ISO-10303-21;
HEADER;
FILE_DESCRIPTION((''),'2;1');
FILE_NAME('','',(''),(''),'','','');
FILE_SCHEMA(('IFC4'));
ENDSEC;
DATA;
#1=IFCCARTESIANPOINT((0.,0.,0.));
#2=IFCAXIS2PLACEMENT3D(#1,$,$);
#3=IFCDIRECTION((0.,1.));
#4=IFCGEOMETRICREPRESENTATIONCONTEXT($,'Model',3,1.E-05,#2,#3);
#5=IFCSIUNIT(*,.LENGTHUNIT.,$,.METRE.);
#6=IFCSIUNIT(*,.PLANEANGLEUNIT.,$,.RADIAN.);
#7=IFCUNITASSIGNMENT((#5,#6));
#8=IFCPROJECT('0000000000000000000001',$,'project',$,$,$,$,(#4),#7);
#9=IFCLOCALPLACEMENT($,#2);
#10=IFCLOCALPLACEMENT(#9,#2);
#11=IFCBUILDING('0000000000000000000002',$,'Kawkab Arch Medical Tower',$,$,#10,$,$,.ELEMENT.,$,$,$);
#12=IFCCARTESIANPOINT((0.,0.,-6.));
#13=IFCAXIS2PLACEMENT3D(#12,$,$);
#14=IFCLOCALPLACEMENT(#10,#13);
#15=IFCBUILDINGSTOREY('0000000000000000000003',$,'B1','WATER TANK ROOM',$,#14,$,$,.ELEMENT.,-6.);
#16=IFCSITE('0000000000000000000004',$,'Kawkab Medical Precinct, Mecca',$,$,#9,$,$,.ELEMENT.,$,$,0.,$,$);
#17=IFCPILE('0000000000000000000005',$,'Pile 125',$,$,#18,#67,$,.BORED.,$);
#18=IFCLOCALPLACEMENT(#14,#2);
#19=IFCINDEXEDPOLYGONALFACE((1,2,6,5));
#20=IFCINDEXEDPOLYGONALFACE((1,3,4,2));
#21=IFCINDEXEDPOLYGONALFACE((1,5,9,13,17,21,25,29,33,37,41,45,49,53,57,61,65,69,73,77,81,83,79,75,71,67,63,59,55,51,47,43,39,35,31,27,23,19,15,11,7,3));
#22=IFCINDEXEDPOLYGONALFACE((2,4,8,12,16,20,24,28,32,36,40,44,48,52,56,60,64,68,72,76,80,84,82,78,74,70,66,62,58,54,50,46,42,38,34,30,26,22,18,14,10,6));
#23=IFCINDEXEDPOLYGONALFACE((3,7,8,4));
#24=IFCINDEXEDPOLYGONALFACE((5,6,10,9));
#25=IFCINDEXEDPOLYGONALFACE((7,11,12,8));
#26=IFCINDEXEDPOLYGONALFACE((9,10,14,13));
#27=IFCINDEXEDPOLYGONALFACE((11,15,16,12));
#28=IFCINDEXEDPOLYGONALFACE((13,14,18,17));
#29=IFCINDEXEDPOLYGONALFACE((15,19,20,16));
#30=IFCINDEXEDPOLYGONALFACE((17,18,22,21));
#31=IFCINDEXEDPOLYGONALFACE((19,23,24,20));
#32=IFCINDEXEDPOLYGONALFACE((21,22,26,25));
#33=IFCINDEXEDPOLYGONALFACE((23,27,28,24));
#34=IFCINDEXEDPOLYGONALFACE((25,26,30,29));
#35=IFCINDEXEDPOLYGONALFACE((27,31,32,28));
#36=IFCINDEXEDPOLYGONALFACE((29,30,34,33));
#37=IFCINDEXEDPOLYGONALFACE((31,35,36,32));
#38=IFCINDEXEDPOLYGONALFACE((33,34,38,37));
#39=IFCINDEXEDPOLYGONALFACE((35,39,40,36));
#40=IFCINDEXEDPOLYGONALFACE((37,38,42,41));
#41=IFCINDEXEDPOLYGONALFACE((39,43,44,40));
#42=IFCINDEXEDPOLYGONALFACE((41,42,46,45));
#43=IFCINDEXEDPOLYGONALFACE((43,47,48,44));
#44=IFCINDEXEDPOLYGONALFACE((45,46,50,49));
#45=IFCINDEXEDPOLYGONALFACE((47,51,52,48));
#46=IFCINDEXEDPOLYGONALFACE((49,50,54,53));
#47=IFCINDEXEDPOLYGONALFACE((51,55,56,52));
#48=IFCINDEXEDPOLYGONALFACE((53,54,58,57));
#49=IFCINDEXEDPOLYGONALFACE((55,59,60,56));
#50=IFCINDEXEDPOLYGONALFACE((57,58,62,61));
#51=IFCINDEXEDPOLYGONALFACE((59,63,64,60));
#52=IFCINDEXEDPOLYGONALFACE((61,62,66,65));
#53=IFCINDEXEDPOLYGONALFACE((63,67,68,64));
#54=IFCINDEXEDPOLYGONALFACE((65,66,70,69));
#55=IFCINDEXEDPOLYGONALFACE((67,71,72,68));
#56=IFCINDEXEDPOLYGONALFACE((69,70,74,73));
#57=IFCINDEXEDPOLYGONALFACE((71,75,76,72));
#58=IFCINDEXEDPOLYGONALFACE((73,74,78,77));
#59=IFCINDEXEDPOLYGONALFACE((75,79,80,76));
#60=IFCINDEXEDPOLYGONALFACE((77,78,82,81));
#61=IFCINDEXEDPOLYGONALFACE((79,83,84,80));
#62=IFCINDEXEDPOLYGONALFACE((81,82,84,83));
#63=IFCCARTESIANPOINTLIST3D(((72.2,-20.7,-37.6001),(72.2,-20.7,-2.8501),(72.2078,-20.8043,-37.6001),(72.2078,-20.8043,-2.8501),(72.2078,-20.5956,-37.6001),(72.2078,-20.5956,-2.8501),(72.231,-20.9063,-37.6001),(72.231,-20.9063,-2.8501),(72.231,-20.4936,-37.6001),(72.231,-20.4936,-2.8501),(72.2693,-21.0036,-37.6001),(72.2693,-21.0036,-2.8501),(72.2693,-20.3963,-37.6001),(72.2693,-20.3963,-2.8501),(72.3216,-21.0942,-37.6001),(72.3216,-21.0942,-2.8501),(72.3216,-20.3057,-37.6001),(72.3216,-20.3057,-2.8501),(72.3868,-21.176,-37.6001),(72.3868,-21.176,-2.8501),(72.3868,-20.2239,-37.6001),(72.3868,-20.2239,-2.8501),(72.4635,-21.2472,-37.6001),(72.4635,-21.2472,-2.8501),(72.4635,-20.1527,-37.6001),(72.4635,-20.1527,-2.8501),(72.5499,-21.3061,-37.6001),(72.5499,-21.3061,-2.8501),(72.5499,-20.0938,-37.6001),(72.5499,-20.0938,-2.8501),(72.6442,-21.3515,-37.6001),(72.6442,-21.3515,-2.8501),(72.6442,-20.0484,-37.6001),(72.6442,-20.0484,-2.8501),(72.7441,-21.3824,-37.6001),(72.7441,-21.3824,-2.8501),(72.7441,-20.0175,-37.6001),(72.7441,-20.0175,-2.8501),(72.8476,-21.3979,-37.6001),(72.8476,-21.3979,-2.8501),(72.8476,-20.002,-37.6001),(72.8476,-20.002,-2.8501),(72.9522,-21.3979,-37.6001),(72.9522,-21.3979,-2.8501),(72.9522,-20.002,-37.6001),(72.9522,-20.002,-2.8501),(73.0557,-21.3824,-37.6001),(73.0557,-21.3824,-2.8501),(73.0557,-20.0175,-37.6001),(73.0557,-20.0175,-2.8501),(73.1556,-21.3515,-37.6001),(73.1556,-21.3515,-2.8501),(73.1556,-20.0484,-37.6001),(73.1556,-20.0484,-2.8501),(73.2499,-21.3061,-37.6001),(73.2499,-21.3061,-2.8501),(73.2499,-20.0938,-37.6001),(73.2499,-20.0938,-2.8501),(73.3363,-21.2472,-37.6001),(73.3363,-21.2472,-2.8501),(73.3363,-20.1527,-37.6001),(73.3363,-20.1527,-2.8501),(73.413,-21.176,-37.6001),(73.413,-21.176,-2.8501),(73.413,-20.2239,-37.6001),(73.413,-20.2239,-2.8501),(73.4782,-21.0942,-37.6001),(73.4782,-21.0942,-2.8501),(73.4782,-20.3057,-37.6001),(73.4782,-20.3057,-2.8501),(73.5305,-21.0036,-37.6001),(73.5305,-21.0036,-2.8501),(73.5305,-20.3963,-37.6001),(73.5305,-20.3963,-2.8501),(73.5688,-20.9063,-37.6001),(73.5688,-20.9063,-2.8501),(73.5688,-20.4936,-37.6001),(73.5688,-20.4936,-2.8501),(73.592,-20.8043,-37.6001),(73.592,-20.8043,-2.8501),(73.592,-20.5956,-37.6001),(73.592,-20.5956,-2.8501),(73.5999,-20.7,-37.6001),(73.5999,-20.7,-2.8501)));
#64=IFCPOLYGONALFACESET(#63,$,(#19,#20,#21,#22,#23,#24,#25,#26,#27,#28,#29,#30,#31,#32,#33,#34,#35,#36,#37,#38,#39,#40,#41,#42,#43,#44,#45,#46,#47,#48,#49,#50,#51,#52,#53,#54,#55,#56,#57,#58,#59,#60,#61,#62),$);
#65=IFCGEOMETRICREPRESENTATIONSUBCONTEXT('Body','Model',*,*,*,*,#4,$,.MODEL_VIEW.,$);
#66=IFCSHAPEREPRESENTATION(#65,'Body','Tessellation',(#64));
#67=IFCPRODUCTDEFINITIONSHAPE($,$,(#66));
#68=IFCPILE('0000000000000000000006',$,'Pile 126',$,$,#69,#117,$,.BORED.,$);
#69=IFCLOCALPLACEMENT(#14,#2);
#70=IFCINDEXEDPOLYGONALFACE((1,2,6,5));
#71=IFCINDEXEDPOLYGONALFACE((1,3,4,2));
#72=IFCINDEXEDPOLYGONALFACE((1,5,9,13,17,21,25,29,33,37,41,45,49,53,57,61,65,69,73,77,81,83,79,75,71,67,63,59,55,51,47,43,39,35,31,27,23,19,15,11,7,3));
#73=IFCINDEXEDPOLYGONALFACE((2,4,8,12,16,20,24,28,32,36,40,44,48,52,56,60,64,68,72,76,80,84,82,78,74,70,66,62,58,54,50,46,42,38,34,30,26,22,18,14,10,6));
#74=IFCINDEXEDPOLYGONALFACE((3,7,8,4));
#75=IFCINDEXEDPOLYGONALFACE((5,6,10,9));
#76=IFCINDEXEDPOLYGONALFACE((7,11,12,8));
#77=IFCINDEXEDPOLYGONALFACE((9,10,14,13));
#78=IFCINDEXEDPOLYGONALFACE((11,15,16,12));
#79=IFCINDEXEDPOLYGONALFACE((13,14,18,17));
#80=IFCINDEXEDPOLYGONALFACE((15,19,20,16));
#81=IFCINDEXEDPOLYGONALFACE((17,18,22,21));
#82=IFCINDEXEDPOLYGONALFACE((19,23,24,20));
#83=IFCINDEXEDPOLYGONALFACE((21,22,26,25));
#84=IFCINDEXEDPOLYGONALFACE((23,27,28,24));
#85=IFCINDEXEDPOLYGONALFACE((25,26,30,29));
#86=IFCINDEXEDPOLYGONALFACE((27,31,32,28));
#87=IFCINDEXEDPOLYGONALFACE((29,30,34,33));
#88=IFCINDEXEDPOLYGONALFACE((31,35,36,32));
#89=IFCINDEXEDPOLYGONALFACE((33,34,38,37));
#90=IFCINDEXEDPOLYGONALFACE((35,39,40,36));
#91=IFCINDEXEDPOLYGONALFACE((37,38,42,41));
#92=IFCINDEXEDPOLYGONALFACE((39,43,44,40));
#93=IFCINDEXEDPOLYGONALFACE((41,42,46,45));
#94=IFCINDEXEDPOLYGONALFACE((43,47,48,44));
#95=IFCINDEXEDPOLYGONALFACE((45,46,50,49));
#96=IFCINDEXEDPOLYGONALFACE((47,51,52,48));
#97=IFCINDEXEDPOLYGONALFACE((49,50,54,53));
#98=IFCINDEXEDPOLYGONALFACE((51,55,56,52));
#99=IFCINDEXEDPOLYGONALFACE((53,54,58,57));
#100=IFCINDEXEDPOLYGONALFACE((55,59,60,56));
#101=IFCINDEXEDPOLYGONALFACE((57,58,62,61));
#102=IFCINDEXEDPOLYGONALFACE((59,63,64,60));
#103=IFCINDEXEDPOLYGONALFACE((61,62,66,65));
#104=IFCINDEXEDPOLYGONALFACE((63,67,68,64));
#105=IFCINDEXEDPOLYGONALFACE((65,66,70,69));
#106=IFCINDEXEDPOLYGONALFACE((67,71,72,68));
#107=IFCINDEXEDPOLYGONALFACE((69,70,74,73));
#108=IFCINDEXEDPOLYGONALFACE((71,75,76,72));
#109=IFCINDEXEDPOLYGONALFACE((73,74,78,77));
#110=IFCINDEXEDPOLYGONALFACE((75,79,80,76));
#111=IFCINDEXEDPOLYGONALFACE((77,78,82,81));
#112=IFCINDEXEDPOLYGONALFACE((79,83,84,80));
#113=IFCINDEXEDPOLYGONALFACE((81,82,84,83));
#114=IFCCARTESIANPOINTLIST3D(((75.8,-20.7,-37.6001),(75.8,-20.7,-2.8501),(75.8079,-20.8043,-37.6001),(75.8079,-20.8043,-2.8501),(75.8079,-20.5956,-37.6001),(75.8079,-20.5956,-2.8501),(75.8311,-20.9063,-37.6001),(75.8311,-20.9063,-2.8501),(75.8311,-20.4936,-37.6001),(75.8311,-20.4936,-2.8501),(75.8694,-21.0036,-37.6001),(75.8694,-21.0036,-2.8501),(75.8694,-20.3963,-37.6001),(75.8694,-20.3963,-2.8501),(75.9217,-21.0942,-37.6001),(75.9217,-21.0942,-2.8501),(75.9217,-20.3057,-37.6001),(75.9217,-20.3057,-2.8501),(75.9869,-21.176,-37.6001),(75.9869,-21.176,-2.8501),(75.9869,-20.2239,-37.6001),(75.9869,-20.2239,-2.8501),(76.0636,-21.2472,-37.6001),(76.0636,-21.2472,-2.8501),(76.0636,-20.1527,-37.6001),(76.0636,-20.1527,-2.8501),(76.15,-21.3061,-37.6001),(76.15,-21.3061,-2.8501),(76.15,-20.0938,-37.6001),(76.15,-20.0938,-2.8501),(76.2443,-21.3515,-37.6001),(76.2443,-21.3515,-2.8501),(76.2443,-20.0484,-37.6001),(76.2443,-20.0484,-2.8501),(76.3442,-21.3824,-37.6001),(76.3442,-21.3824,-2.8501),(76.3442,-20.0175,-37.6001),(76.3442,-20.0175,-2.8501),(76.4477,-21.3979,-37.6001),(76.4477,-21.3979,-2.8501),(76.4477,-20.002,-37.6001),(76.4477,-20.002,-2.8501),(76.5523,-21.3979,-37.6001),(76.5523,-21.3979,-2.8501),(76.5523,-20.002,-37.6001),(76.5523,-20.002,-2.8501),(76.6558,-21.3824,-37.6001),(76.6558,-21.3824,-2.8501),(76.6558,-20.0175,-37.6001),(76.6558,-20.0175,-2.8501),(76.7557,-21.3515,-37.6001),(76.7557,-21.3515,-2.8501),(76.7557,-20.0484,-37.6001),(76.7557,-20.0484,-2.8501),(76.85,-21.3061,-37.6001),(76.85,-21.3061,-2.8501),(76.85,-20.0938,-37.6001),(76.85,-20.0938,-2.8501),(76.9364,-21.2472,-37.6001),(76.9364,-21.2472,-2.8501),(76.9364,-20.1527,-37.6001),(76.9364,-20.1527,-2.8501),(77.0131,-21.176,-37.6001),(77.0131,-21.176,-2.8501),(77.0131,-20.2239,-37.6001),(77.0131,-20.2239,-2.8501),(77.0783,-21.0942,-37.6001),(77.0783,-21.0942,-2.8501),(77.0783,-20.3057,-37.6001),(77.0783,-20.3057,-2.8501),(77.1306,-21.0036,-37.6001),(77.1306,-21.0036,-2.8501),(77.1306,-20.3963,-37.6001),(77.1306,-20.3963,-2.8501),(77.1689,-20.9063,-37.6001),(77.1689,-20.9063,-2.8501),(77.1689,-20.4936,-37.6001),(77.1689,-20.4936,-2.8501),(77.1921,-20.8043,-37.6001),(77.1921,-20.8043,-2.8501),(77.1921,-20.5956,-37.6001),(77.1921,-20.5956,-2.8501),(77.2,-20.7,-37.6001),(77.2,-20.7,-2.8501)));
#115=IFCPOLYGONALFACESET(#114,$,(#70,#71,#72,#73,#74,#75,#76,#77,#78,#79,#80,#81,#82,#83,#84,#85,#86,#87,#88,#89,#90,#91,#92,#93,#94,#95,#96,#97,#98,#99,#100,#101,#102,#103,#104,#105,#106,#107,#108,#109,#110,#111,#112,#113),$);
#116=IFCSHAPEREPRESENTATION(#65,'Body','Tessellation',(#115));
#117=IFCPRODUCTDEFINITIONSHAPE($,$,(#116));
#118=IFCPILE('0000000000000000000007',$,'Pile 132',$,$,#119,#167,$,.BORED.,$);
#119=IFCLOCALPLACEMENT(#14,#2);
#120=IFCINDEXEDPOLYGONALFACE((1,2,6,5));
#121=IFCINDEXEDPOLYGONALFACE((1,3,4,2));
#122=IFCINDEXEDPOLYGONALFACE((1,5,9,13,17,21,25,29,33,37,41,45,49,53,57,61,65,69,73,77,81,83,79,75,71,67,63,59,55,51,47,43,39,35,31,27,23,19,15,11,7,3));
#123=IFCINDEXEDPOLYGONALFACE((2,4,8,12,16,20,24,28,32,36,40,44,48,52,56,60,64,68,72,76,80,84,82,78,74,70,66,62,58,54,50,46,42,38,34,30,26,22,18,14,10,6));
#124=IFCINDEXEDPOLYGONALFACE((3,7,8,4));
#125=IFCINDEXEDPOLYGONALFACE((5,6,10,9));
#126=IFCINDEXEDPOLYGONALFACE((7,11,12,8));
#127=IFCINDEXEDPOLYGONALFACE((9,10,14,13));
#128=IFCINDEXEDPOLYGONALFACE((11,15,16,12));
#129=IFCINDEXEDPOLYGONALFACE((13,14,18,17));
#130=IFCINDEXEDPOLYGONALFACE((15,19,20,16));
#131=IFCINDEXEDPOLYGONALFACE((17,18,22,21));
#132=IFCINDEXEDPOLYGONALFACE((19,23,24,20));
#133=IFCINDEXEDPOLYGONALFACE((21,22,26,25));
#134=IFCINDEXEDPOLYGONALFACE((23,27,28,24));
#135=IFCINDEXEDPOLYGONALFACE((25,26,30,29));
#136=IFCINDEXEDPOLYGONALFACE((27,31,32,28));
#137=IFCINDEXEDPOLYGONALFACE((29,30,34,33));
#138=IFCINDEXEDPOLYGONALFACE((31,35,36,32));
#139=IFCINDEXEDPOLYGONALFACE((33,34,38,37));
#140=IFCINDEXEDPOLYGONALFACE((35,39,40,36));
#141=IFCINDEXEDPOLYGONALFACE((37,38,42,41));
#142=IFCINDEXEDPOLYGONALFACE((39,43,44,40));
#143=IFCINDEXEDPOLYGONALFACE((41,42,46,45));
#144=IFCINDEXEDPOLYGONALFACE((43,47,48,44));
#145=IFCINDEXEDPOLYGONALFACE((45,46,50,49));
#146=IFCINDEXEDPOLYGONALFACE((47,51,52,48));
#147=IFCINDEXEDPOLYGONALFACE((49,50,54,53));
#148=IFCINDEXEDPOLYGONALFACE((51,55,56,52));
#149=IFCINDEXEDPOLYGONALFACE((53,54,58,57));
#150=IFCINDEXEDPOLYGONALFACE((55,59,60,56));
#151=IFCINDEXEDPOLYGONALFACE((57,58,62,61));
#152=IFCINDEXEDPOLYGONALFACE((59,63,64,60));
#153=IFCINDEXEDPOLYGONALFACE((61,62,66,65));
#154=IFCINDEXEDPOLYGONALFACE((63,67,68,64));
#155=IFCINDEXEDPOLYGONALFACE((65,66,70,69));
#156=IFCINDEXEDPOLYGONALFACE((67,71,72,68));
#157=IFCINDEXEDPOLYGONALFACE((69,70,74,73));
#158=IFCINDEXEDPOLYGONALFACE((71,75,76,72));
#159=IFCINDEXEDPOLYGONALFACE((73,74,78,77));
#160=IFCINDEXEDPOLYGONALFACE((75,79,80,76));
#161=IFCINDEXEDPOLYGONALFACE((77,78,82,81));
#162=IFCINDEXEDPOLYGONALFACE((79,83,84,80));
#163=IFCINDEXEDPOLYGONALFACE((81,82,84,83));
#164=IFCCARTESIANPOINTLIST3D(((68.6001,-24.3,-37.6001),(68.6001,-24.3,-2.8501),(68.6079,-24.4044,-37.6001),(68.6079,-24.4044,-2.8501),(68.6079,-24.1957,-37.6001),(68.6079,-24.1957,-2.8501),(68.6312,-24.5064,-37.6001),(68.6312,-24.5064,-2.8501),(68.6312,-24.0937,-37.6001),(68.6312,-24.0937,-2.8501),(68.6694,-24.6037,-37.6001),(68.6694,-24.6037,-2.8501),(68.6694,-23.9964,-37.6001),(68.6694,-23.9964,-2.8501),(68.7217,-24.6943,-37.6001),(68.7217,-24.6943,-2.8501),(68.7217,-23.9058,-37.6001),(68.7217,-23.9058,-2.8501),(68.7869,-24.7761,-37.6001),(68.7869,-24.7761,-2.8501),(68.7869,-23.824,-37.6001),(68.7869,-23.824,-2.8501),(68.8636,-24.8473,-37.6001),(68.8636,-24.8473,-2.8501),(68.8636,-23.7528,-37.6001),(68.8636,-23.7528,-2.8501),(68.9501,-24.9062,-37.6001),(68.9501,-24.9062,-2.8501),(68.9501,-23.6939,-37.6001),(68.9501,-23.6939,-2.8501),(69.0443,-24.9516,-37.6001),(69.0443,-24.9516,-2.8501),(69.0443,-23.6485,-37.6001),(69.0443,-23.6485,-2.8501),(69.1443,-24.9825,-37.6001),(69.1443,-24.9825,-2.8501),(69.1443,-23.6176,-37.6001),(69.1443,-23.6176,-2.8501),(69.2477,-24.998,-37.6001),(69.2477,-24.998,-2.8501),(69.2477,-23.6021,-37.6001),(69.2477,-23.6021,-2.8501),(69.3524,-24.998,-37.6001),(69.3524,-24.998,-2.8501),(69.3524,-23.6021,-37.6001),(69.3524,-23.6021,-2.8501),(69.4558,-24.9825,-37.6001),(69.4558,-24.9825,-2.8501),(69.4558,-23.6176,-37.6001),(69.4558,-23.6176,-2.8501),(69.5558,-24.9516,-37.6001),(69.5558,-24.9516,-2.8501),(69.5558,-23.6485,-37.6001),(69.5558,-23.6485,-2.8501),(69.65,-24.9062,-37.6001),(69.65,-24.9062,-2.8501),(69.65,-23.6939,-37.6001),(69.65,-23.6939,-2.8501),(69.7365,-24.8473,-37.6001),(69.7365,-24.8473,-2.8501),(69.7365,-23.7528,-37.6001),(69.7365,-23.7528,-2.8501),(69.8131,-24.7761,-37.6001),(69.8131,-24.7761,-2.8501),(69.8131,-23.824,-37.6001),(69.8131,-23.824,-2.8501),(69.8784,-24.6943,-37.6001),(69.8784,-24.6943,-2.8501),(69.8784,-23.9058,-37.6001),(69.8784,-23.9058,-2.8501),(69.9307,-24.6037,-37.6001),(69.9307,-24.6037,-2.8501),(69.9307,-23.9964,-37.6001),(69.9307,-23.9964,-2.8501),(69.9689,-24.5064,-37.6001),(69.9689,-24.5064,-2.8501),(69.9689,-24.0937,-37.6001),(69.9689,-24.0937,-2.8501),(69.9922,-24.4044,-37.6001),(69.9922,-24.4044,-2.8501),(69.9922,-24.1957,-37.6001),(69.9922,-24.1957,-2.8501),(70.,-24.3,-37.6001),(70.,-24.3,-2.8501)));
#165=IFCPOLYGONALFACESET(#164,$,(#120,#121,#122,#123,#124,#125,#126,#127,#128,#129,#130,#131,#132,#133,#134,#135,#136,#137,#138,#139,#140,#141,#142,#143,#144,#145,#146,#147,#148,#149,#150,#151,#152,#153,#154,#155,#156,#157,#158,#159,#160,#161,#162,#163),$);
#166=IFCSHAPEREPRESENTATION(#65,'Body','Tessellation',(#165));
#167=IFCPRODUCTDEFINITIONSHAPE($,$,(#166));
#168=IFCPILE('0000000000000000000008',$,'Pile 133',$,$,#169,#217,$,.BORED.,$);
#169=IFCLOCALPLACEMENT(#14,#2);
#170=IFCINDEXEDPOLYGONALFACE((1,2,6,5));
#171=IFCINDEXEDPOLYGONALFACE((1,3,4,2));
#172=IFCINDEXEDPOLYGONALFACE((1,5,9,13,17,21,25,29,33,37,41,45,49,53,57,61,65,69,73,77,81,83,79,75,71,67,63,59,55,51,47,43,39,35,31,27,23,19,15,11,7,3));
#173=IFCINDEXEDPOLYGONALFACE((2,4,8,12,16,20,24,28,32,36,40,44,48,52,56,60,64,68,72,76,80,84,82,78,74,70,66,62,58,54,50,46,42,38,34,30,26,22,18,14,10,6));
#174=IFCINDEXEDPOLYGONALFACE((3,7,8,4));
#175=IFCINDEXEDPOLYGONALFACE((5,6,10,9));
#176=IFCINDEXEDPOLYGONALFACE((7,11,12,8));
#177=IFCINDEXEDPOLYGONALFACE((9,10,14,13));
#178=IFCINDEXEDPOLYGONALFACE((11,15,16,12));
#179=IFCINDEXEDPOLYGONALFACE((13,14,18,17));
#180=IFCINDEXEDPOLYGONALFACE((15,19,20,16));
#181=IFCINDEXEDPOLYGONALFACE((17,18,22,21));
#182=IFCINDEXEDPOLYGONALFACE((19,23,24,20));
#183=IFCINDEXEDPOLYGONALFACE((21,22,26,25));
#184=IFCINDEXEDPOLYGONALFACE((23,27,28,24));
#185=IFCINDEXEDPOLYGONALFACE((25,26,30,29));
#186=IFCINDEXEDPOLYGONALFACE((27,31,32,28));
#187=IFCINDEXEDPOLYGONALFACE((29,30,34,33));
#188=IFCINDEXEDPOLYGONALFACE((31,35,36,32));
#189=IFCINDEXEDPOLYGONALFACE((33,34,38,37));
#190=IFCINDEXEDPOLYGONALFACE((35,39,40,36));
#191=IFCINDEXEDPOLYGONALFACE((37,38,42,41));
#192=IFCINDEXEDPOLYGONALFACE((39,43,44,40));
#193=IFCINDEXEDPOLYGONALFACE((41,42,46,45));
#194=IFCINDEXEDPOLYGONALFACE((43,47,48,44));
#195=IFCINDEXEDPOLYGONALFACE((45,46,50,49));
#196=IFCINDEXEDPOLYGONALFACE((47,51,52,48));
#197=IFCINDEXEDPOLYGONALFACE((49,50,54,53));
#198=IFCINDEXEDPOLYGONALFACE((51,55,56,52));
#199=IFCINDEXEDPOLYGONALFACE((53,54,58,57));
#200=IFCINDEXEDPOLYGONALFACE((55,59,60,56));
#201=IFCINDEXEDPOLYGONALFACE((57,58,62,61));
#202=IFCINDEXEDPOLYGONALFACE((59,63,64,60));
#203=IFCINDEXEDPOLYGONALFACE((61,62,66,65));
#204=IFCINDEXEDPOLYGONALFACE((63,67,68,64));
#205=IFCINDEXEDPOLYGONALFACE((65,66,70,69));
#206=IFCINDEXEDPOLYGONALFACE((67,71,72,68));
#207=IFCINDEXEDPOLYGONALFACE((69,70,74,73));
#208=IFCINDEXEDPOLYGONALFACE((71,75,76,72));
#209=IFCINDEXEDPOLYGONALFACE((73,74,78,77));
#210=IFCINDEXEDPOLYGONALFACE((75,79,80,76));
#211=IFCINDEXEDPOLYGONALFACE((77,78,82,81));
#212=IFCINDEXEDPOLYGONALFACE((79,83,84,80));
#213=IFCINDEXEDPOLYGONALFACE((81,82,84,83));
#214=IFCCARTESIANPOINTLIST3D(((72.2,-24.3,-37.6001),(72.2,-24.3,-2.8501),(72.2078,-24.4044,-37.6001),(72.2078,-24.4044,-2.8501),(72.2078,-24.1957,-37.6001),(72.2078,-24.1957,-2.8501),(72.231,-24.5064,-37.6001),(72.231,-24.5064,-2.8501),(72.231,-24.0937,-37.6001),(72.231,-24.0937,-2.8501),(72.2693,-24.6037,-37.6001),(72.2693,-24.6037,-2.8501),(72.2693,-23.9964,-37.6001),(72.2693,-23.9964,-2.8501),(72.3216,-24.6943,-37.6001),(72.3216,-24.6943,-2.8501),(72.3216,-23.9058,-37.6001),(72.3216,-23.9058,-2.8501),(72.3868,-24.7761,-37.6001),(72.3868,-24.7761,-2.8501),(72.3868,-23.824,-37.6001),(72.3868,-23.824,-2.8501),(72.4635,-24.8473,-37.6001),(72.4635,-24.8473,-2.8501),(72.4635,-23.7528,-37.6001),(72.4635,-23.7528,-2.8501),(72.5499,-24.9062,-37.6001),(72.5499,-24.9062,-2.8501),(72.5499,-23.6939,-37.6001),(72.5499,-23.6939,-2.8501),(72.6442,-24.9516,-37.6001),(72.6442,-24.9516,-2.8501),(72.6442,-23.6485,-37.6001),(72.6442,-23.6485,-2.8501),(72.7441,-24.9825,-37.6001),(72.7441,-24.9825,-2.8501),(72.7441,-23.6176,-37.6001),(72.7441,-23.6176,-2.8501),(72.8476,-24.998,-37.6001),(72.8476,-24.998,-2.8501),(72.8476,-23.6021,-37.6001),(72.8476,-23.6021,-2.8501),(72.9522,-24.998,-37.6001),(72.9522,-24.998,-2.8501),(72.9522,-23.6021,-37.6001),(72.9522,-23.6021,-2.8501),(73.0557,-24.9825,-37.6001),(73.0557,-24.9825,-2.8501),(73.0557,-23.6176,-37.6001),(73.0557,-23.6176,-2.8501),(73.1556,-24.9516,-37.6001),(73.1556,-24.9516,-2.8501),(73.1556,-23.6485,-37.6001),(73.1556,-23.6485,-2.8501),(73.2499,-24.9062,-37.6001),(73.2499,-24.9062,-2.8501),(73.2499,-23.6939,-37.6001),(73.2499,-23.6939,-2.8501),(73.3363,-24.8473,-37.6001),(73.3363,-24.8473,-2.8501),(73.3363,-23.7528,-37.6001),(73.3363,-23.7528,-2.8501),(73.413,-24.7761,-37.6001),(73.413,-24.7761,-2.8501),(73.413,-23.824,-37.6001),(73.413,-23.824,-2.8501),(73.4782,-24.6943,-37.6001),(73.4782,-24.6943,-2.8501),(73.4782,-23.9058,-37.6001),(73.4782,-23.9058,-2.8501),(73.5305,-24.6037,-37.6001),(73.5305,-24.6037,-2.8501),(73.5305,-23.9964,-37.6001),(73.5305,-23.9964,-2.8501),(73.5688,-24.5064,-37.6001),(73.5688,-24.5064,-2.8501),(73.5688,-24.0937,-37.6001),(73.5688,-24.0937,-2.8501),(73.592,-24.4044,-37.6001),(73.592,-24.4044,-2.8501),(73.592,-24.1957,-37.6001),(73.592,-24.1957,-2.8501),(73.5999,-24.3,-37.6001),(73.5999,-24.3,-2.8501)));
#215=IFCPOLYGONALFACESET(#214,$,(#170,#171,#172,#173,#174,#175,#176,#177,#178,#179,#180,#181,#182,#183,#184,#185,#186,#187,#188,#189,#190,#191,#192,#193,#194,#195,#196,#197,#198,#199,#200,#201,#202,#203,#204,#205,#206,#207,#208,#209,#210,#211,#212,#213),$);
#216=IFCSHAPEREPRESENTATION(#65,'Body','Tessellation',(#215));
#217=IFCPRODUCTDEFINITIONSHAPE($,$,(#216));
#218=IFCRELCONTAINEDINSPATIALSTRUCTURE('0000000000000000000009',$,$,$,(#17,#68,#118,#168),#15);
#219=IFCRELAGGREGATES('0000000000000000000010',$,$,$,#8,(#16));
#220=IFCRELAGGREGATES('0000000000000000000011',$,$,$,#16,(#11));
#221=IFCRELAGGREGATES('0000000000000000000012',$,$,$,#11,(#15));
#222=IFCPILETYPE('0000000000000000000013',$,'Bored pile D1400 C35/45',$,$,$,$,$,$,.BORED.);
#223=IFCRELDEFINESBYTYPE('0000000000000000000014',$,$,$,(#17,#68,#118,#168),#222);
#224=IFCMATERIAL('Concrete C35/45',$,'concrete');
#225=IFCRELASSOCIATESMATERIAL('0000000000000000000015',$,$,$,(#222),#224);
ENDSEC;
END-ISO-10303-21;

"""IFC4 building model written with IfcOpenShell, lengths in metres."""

from ifc_helpers import new_model, si_unit, direction, frame, origin, origin_2d, place, context, subcontext, project, spatial, circle, extrude, material, material_profile, profile_set, type_object, element, save


model = new_model("IFC4")

# Units and contexts
model_context = context("Model", 3, precision=1e-05, world=origin(), true_north=direction((0.0, 1.0)))
body_context = subcontext(model_context, "Body", "Model", "MODEL_VIEW")
ifc_project = project(units=[si_unit("LENGTHUNIT", "METRE"), si_unit("PLANEANGLEUNIT", "RADIAN")], contexts=[model_context])

# Site, building, storey
site_placement = place(None, origin())
site = spatial("IfcSite", under=ifc_project, at=site_placement, Name="Kawkab Medical Precinct, Mecca", CompositionType="ELEMENT", RefElevation=0.0)
building_placement = place(site_placement, origin())
building = spatial("IfcBuilding", under=site, at=building_placement, Name="Kawkab Arch Medical Tower", CompositionType="ELEMENT")
storey_placement = place(building_placement, frame((0.0, 0.0, -6.0)))
storey = spatial("IfcBuildingStorey", under=building, at=storey_placement, Name="B1", Description="WATER TANK ROOM", CompositionType="ELEMENT", Elevation=-6.0)

# Piles
ifc_material_1 = material(Name="Concrete C35/45", Category="concrete")
ifc_material_profile_1 = material_profile(ifc_material_1, circle(Radius=0.7, at=origin_2d()), Name="Bored pile D1400")
ifc_profile_set_1 = profile_set([ifc_material_profile_1], Name="Concrete C35/45")
pile_type_1 = type_object("IfcPileType", Name="Bored pile D1400 C35/45", PredefinedType="BORED", material=ifc_profile_set_1)
for number, where, z_axis, x_axis, name in (
    (1, (72.8999, -20.7, -2.8501), (0.0, 0.0, -1.0), (1.0, 0.0, 0.0), "Pile 125"),
    (2, (76.5, -20.7, -2.8501), (0.0, 0.0, -1.0), (1.0, 0.0, 0.0), "Pile 126"),
    (3, (69.3, -24.3, -2.8501), (0.0, 0.0, -1.0), (1.0, 0.0, 0.0), "Pile 132"),
    (4, (72.8999, -24.3, -2.8501), (0.0, 0.0, -1.0), (1.0, 0.0, 0.0), "Pile 133"),
):
    element("IfcPile", number, at=place(storey_placement, frame(where, z_axis=z_axis, x_axis=x_axis)), inside=storey, type_object=pile_type_1, Name=name, PredefinedType="BORED", context=body_context, shape_type="SweptSolid", body=[
        extrude(circle(Radius=0.7, at=origin_2d()), origin(), (0.0, 0.0, 1.0), 34.75),
    ])

save(model, "model.ifc")
